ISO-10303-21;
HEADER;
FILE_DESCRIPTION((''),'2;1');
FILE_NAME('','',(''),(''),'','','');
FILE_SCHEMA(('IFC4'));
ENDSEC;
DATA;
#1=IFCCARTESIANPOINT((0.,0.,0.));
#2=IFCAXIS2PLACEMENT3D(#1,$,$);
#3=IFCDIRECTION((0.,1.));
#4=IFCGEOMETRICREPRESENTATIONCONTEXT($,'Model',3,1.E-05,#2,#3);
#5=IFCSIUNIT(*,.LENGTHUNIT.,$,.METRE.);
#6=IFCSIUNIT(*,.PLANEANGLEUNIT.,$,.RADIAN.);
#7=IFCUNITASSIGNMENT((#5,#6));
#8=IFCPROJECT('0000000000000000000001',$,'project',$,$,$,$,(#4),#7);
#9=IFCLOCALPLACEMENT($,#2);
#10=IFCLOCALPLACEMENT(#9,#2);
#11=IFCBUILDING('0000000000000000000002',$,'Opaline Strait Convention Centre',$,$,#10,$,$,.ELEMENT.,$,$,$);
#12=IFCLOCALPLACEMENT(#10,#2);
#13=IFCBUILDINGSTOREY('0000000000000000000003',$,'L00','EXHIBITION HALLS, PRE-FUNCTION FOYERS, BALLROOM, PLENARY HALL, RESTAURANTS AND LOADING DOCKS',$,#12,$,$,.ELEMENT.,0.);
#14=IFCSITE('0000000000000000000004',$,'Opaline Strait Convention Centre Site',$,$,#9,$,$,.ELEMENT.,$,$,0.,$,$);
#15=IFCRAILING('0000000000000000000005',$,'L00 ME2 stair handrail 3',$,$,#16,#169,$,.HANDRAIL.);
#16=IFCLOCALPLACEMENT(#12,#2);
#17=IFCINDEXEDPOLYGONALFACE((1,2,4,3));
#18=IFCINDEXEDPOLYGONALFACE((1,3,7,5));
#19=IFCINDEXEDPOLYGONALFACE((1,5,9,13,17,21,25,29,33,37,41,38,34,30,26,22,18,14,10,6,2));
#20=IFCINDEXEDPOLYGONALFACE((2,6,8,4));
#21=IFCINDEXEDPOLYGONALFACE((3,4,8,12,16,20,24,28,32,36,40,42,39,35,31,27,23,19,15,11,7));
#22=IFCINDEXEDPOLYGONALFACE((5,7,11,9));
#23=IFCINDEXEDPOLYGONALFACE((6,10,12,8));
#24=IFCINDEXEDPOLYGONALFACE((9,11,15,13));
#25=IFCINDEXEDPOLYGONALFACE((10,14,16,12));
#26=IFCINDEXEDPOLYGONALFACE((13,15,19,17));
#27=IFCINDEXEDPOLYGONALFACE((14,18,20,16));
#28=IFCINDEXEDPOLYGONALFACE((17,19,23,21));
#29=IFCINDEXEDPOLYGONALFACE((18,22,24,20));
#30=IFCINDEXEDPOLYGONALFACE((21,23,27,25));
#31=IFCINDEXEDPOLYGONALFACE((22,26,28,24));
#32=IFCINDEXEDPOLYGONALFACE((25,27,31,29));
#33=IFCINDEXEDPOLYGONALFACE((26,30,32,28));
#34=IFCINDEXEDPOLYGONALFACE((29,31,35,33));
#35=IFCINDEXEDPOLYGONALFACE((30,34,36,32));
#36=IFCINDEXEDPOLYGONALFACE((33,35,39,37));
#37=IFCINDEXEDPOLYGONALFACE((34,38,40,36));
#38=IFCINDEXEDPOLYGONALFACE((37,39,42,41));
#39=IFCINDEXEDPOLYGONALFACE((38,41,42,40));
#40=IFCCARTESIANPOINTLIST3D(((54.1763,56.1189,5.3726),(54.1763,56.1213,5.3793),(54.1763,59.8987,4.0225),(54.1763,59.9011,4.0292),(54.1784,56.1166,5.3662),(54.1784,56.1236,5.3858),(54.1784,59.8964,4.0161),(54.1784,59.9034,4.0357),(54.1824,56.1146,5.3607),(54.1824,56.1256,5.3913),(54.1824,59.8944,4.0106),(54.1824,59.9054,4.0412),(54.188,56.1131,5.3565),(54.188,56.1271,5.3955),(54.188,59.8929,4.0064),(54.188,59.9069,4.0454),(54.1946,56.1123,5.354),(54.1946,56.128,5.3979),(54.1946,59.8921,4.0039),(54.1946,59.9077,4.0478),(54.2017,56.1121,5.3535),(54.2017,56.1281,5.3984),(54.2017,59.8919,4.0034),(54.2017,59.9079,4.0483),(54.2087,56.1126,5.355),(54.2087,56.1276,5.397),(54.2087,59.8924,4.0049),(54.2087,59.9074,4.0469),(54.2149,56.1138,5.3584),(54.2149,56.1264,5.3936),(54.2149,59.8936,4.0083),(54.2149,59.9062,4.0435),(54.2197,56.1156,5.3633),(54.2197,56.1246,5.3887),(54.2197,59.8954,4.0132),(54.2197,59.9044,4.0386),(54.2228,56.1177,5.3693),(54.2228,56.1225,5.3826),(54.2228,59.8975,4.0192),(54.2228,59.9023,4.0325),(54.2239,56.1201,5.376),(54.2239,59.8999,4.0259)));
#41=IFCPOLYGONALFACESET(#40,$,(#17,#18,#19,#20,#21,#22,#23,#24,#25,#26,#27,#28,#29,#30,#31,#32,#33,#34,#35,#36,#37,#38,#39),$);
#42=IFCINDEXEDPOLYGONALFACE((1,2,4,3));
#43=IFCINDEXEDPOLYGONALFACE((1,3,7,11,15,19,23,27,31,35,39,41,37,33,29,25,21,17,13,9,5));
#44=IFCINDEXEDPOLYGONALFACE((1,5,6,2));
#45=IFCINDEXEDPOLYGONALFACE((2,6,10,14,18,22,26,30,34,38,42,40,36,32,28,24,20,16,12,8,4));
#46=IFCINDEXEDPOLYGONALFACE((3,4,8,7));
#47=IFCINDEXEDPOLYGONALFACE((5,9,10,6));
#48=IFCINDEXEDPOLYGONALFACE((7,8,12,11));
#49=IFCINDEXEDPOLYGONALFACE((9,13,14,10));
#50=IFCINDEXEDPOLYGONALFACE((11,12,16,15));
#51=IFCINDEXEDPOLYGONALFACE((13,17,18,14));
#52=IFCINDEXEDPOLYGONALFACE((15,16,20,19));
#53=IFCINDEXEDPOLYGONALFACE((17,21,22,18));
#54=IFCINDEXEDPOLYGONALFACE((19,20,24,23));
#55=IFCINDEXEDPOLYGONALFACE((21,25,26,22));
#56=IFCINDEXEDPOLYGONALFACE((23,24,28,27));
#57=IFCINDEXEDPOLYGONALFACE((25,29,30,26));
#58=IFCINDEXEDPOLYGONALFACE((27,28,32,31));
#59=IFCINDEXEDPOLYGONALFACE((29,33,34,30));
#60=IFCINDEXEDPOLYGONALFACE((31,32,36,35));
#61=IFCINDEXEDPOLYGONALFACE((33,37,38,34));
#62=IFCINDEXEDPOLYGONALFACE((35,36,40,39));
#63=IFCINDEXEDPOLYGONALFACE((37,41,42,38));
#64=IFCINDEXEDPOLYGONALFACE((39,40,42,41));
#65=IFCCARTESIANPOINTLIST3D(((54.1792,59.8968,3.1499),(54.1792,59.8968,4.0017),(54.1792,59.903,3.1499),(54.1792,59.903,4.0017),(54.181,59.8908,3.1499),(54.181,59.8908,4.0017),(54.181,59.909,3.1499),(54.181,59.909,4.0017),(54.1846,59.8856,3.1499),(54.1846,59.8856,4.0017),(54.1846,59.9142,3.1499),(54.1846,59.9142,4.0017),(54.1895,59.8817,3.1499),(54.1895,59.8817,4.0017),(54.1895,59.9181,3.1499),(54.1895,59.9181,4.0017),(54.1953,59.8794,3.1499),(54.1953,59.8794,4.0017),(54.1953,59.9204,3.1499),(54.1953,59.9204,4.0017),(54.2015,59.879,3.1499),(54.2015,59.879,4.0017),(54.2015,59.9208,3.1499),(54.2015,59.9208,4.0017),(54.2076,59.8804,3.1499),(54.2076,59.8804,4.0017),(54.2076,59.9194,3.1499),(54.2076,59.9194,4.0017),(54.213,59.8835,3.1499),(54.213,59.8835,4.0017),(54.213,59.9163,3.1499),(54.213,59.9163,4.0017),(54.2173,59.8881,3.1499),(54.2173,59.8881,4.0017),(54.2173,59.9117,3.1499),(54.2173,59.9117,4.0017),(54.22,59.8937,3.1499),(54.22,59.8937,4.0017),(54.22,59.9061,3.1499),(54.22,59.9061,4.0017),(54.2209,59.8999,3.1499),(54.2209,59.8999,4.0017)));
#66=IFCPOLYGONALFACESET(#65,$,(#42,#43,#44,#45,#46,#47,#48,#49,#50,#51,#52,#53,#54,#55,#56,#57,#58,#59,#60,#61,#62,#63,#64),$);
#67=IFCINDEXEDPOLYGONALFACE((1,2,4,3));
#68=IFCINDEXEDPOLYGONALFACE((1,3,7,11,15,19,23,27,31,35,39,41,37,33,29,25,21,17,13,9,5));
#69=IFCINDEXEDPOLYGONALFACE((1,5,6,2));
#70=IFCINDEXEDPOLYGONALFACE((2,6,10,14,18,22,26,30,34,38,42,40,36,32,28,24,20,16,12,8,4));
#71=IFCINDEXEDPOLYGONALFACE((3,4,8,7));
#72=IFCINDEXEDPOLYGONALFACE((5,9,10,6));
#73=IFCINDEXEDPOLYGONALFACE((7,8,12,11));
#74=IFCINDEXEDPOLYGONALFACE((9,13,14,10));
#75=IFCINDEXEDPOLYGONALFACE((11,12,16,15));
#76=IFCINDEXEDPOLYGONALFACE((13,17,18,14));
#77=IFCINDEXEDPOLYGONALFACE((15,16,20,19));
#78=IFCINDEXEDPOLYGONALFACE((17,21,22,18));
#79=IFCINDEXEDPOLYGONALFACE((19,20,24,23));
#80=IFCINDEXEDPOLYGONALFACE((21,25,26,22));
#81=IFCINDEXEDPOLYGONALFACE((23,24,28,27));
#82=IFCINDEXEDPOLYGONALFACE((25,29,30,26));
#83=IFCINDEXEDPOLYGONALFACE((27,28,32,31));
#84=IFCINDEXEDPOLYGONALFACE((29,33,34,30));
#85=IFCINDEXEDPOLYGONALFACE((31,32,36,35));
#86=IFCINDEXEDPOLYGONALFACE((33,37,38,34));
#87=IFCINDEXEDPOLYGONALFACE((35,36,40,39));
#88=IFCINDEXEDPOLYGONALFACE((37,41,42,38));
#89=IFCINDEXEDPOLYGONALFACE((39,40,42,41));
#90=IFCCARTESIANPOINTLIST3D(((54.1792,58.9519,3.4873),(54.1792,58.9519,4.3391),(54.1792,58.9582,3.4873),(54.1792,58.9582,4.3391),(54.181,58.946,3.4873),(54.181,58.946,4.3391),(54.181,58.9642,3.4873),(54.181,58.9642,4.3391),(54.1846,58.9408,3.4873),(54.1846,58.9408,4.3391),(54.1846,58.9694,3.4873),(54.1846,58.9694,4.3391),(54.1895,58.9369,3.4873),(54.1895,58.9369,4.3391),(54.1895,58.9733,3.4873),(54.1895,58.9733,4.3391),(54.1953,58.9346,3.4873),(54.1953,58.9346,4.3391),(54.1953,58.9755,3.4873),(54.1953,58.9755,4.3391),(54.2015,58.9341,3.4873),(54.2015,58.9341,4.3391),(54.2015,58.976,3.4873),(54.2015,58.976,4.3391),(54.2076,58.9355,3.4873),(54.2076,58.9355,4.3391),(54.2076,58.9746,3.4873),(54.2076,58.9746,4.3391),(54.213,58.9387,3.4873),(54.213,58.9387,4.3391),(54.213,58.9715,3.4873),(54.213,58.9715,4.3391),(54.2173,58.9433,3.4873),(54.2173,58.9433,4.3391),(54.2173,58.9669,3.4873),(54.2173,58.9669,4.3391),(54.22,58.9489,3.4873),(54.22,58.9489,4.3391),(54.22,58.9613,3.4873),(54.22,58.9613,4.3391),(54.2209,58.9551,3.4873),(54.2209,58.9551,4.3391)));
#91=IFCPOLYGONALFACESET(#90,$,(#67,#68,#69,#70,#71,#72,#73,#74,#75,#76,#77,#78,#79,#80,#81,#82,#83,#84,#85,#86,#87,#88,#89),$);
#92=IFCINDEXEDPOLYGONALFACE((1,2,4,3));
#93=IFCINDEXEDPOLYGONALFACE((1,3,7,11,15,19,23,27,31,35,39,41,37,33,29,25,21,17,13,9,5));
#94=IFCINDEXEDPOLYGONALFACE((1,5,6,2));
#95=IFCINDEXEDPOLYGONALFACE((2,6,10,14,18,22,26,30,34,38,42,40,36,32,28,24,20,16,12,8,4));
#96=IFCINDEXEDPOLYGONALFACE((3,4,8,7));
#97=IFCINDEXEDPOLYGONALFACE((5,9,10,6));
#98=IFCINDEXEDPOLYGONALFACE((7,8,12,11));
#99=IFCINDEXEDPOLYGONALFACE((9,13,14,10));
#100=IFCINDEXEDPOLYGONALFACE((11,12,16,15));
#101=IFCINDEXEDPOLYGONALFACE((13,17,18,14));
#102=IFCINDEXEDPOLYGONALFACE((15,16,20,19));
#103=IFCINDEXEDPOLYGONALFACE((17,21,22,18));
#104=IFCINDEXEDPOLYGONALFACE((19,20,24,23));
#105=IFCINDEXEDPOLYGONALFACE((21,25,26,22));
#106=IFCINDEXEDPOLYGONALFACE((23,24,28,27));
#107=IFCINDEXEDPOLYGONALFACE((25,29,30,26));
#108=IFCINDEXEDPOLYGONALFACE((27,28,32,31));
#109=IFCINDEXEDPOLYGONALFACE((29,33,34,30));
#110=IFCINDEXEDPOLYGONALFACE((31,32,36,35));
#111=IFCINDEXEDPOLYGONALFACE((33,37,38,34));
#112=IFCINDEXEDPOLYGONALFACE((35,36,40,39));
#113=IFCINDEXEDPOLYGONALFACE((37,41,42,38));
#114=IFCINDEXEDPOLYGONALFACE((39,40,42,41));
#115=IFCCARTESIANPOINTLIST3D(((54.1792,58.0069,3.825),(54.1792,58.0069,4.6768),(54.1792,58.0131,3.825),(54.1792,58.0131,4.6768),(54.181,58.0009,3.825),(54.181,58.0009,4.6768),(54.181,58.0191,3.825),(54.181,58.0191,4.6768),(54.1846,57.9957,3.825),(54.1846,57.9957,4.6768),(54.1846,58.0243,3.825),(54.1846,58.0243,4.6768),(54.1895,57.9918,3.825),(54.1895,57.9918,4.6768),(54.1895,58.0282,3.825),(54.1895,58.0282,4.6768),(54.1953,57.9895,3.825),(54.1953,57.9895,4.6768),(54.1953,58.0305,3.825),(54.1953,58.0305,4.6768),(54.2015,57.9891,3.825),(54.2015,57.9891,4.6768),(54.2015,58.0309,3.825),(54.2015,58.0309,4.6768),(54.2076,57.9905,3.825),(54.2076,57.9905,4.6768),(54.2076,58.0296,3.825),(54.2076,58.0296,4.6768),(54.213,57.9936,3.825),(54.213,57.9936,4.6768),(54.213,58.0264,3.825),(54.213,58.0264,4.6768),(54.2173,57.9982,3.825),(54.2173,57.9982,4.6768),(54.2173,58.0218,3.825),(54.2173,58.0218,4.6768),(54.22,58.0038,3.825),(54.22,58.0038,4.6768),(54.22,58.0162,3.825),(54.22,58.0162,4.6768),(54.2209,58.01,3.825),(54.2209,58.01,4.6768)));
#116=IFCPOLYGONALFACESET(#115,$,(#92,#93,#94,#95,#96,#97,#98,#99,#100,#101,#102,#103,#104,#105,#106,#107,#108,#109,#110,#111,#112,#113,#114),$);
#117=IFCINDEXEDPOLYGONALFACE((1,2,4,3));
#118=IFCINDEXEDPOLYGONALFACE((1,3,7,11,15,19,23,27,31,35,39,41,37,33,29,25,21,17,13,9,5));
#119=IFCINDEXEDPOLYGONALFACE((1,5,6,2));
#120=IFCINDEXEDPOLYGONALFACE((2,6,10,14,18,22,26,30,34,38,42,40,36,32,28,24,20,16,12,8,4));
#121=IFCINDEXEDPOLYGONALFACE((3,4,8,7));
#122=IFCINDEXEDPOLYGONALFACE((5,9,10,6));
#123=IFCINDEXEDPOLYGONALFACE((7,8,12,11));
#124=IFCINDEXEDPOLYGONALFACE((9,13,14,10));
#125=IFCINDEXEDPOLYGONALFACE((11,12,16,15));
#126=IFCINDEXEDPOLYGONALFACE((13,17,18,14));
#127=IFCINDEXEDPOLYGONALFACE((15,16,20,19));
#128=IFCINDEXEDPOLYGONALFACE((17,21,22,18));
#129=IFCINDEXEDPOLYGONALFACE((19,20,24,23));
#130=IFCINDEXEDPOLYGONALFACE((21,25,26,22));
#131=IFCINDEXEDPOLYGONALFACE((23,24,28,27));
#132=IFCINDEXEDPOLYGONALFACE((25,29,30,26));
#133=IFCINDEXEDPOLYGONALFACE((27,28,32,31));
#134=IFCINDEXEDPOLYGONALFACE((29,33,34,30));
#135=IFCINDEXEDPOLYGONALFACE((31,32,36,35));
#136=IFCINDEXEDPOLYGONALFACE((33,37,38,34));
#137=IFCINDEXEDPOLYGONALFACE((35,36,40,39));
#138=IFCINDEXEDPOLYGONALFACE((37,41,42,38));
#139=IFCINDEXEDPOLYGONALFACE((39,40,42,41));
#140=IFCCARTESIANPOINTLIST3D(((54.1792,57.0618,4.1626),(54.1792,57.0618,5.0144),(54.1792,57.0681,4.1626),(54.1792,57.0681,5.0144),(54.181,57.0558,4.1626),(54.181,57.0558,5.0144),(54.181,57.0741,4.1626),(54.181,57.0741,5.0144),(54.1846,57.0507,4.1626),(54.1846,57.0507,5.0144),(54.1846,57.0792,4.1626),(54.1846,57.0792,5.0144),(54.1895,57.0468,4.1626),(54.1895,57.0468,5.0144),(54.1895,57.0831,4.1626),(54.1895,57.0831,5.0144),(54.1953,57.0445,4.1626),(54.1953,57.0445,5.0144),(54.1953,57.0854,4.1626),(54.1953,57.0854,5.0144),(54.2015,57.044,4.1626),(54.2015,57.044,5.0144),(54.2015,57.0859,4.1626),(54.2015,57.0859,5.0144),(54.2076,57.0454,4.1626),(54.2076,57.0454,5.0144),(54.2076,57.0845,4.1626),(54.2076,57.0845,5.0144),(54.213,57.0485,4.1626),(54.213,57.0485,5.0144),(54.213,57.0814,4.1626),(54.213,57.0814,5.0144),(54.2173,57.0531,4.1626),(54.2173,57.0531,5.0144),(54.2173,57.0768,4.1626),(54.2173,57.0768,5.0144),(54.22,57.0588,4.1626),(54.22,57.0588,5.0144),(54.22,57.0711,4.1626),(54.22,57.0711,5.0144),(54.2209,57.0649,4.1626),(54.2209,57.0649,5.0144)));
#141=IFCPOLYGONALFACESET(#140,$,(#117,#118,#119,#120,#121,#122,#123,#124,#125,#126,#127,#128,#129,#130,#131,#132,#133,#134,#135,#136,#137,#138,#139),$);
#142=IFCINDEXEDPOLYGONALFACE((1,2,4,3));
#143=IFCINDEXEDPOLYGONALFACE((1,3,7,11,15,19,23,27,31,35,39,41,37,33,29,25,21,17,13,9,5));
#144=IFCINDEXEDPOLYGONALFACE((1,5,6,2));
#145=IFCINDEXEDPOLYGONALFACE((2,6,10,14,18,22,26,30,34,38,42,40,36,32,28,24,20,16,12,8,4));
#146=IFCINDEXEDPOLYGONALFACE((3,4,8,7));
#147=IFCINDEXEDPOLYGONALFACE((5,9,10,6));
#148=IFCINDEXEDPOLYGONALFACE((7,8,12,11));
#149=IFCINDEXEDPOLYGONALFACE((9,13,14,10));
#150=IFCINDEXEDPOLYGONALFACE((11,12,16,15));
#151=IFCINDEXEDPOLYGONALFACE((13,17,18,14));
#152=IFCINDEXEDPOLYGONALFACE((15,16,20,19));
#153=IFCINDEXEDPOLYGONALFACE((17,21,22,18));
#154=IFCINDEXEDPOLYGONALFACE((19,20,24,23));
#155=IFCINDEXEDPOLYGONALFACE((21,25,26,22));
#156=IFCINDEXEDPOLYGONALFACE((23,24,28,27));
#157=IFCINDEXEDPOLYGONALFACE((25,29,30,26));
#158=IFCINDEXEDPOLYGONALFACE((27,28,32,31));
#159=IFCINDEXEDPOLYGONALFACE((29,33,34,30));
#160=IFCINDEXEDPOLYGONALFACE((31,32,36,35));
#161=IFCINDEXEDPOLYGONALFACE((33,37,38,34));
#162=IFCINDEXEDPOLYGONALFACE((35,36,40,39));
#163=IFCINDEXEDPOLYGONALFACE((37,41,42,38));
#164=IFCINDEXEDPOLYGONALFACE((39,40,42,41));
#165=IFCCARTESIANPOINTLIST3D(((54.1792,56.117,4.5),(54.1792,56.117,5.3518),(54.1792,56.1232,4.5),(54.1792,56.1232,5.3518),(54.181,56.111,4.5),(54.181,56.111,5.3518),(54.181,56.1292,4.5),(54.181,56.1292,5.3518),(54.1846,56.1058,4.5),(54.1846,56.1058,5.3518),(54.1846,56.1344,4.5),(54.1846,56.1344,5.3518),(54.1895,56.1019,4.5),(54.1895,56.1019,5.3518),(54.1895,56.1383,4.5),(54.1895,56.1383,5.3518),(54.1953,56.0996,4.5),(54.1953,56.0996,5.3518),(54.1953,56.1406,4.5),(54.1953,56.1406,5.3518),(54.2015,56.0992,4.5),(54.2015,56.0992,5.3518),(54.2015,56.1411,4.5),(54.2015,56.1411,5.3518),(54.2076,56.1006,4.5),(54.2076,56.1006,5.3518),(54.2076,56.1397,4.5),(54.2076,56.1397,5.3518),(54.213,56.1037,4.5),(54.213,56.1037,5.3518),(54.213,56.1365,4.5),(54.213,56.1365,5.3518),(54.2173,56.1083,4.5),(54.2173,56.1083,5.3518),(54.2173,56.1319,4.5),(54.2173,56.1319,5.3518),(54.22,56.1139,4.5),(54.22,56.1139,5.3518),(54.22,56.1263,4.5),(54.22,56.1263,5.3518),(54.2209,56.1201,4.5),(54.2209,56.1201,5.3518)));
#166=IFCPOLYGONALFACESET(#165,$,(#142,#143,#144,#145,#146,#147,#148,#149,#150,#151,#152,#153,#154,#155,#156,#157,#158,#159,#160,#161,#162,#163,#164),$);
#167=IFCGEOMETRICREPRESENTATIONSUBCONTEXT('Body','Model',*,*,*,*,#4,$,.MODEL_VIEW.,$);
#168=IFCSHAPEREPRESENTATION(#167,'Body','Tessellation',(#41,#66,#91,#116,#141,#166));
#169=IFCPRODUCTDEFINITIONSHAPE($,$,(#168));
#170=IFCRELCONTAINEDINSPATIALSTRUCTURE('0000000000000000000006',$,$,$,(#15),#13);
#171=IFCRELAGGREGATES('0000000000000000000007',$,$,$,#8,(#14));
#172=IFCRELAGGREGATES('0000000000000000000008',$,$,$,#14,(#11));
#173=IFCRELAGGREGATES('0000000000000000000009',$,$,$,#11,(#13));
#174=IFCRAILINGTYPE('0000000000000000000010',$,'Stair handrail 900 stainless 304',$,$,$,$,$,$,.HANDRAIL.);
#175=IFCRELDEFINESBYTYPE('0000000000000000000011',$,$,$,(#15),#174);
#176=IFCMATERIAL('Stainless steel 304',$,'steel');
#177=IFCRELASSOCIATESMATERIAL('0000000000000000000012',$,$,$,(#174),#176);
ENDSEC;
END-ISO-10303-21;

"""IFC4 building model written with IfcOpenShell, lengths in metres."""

from ifc_helpers import new_model, si_unit, direction, frame, origin, origin_2d, place, context, subcontext, project, spatial, circle, extrude, material, type_object, element, save


model = new_model("IFC4")

# Units and contexts
model_context = context("Model", 3, precision=1e-05, world=origin(), true_north=direction((0.0, 1.0)))
body_context = subcontext(model_context, "Body", "Model", "MODEL_VIEW")
ifc_project = project(units=[si_unit("LENGTHUNIT", "METRE"), si_unit("PLANEANGLEUNIT", "RADIAN")], contexts=[model_context])

# Site, building, storey
site_placement = place(None, origin())
site = spatial("IfcSite", under=ifc_project, at=site_placement, Name="Opaline Strait Convention Centre Site", CompositionType="ELEMENT", RefElevation=0.0)
building_placement = place(site_placement, origin())
building = spatial("IfcBuilding", under=site, at=building_placement, Name="Opaline Strait Convention Centre", CompositionType="ELEMENT")
storey_placement = place(building_placement, origin())
storey = spatial("IfcBuildingStorey", under=building, at=storey_placement, Name="L00", Description="EXHIBITION HALLS, PRE-FUNCTION FOYERS, BALLROOM, PLENARY HALL, RESTAURANTS AND LOADING DOCKS", CompositionType="ELEMENT", Elevation=0.0)

# Railing
ifc_material_1 = material(Name="Stainless steel 304", Category="steel")
railing_type = type_object("IfcRailingType", Name="Stair handrail 900 stainless 304", PredefinedType="HANDRAIL", material=ifc_material_1)
for number, where, name in (
    (1, (54.2, 59.8999, 3.1499), "L00 ME2 stair handrail 3"),
):
    element("IfcRailing", number, at=place(storey_placement, frame(where)), inside=storey, type_object=railing_type, Name=name, PredefinedType="HANDRAIL", context=body_context, shape_type="SweptSolid", body=[
        extrude(circle(Radius=0.0239, at=origin_2d()), frame((0.0, 0.0, 0.876), z_axis=(0.0, -0.941728, 0.336375), x_axis=(1.0, 0.0, 0.0)), (0.0, 0.0, 1.0), 4.0137),
        extrude(circle(Radius=0.021, at=origin_2d()), origin(), (0.0, 0.0, 1.0), 0.8518),
        extrude(circle(Radius=0.021, at=origin_2d()), frame((0.0, -0.9448, 0.3374)), (0.0, 0.0, 1.0), 0.8518),
        extrude(circle(Radius=0.021, at=origin_2d()), frame((0.0, -1.8899, 0.675)), (0.0, 0.0, 1.0), 0.8518),
        extrude(circle(Radius=0.021, at=origin_2d()), frame((0.0, -2.835, 1.0127)), (0.0, 0.0, 1.0), 0.8518),
        extrude(circle(Radius=0.021, at=origin_2d()), frame((0.0, -3.7798, 1.3501)), (0.0, 0.0, 1.0), 0.8518),
    ])

save(model, "model.ifc")
